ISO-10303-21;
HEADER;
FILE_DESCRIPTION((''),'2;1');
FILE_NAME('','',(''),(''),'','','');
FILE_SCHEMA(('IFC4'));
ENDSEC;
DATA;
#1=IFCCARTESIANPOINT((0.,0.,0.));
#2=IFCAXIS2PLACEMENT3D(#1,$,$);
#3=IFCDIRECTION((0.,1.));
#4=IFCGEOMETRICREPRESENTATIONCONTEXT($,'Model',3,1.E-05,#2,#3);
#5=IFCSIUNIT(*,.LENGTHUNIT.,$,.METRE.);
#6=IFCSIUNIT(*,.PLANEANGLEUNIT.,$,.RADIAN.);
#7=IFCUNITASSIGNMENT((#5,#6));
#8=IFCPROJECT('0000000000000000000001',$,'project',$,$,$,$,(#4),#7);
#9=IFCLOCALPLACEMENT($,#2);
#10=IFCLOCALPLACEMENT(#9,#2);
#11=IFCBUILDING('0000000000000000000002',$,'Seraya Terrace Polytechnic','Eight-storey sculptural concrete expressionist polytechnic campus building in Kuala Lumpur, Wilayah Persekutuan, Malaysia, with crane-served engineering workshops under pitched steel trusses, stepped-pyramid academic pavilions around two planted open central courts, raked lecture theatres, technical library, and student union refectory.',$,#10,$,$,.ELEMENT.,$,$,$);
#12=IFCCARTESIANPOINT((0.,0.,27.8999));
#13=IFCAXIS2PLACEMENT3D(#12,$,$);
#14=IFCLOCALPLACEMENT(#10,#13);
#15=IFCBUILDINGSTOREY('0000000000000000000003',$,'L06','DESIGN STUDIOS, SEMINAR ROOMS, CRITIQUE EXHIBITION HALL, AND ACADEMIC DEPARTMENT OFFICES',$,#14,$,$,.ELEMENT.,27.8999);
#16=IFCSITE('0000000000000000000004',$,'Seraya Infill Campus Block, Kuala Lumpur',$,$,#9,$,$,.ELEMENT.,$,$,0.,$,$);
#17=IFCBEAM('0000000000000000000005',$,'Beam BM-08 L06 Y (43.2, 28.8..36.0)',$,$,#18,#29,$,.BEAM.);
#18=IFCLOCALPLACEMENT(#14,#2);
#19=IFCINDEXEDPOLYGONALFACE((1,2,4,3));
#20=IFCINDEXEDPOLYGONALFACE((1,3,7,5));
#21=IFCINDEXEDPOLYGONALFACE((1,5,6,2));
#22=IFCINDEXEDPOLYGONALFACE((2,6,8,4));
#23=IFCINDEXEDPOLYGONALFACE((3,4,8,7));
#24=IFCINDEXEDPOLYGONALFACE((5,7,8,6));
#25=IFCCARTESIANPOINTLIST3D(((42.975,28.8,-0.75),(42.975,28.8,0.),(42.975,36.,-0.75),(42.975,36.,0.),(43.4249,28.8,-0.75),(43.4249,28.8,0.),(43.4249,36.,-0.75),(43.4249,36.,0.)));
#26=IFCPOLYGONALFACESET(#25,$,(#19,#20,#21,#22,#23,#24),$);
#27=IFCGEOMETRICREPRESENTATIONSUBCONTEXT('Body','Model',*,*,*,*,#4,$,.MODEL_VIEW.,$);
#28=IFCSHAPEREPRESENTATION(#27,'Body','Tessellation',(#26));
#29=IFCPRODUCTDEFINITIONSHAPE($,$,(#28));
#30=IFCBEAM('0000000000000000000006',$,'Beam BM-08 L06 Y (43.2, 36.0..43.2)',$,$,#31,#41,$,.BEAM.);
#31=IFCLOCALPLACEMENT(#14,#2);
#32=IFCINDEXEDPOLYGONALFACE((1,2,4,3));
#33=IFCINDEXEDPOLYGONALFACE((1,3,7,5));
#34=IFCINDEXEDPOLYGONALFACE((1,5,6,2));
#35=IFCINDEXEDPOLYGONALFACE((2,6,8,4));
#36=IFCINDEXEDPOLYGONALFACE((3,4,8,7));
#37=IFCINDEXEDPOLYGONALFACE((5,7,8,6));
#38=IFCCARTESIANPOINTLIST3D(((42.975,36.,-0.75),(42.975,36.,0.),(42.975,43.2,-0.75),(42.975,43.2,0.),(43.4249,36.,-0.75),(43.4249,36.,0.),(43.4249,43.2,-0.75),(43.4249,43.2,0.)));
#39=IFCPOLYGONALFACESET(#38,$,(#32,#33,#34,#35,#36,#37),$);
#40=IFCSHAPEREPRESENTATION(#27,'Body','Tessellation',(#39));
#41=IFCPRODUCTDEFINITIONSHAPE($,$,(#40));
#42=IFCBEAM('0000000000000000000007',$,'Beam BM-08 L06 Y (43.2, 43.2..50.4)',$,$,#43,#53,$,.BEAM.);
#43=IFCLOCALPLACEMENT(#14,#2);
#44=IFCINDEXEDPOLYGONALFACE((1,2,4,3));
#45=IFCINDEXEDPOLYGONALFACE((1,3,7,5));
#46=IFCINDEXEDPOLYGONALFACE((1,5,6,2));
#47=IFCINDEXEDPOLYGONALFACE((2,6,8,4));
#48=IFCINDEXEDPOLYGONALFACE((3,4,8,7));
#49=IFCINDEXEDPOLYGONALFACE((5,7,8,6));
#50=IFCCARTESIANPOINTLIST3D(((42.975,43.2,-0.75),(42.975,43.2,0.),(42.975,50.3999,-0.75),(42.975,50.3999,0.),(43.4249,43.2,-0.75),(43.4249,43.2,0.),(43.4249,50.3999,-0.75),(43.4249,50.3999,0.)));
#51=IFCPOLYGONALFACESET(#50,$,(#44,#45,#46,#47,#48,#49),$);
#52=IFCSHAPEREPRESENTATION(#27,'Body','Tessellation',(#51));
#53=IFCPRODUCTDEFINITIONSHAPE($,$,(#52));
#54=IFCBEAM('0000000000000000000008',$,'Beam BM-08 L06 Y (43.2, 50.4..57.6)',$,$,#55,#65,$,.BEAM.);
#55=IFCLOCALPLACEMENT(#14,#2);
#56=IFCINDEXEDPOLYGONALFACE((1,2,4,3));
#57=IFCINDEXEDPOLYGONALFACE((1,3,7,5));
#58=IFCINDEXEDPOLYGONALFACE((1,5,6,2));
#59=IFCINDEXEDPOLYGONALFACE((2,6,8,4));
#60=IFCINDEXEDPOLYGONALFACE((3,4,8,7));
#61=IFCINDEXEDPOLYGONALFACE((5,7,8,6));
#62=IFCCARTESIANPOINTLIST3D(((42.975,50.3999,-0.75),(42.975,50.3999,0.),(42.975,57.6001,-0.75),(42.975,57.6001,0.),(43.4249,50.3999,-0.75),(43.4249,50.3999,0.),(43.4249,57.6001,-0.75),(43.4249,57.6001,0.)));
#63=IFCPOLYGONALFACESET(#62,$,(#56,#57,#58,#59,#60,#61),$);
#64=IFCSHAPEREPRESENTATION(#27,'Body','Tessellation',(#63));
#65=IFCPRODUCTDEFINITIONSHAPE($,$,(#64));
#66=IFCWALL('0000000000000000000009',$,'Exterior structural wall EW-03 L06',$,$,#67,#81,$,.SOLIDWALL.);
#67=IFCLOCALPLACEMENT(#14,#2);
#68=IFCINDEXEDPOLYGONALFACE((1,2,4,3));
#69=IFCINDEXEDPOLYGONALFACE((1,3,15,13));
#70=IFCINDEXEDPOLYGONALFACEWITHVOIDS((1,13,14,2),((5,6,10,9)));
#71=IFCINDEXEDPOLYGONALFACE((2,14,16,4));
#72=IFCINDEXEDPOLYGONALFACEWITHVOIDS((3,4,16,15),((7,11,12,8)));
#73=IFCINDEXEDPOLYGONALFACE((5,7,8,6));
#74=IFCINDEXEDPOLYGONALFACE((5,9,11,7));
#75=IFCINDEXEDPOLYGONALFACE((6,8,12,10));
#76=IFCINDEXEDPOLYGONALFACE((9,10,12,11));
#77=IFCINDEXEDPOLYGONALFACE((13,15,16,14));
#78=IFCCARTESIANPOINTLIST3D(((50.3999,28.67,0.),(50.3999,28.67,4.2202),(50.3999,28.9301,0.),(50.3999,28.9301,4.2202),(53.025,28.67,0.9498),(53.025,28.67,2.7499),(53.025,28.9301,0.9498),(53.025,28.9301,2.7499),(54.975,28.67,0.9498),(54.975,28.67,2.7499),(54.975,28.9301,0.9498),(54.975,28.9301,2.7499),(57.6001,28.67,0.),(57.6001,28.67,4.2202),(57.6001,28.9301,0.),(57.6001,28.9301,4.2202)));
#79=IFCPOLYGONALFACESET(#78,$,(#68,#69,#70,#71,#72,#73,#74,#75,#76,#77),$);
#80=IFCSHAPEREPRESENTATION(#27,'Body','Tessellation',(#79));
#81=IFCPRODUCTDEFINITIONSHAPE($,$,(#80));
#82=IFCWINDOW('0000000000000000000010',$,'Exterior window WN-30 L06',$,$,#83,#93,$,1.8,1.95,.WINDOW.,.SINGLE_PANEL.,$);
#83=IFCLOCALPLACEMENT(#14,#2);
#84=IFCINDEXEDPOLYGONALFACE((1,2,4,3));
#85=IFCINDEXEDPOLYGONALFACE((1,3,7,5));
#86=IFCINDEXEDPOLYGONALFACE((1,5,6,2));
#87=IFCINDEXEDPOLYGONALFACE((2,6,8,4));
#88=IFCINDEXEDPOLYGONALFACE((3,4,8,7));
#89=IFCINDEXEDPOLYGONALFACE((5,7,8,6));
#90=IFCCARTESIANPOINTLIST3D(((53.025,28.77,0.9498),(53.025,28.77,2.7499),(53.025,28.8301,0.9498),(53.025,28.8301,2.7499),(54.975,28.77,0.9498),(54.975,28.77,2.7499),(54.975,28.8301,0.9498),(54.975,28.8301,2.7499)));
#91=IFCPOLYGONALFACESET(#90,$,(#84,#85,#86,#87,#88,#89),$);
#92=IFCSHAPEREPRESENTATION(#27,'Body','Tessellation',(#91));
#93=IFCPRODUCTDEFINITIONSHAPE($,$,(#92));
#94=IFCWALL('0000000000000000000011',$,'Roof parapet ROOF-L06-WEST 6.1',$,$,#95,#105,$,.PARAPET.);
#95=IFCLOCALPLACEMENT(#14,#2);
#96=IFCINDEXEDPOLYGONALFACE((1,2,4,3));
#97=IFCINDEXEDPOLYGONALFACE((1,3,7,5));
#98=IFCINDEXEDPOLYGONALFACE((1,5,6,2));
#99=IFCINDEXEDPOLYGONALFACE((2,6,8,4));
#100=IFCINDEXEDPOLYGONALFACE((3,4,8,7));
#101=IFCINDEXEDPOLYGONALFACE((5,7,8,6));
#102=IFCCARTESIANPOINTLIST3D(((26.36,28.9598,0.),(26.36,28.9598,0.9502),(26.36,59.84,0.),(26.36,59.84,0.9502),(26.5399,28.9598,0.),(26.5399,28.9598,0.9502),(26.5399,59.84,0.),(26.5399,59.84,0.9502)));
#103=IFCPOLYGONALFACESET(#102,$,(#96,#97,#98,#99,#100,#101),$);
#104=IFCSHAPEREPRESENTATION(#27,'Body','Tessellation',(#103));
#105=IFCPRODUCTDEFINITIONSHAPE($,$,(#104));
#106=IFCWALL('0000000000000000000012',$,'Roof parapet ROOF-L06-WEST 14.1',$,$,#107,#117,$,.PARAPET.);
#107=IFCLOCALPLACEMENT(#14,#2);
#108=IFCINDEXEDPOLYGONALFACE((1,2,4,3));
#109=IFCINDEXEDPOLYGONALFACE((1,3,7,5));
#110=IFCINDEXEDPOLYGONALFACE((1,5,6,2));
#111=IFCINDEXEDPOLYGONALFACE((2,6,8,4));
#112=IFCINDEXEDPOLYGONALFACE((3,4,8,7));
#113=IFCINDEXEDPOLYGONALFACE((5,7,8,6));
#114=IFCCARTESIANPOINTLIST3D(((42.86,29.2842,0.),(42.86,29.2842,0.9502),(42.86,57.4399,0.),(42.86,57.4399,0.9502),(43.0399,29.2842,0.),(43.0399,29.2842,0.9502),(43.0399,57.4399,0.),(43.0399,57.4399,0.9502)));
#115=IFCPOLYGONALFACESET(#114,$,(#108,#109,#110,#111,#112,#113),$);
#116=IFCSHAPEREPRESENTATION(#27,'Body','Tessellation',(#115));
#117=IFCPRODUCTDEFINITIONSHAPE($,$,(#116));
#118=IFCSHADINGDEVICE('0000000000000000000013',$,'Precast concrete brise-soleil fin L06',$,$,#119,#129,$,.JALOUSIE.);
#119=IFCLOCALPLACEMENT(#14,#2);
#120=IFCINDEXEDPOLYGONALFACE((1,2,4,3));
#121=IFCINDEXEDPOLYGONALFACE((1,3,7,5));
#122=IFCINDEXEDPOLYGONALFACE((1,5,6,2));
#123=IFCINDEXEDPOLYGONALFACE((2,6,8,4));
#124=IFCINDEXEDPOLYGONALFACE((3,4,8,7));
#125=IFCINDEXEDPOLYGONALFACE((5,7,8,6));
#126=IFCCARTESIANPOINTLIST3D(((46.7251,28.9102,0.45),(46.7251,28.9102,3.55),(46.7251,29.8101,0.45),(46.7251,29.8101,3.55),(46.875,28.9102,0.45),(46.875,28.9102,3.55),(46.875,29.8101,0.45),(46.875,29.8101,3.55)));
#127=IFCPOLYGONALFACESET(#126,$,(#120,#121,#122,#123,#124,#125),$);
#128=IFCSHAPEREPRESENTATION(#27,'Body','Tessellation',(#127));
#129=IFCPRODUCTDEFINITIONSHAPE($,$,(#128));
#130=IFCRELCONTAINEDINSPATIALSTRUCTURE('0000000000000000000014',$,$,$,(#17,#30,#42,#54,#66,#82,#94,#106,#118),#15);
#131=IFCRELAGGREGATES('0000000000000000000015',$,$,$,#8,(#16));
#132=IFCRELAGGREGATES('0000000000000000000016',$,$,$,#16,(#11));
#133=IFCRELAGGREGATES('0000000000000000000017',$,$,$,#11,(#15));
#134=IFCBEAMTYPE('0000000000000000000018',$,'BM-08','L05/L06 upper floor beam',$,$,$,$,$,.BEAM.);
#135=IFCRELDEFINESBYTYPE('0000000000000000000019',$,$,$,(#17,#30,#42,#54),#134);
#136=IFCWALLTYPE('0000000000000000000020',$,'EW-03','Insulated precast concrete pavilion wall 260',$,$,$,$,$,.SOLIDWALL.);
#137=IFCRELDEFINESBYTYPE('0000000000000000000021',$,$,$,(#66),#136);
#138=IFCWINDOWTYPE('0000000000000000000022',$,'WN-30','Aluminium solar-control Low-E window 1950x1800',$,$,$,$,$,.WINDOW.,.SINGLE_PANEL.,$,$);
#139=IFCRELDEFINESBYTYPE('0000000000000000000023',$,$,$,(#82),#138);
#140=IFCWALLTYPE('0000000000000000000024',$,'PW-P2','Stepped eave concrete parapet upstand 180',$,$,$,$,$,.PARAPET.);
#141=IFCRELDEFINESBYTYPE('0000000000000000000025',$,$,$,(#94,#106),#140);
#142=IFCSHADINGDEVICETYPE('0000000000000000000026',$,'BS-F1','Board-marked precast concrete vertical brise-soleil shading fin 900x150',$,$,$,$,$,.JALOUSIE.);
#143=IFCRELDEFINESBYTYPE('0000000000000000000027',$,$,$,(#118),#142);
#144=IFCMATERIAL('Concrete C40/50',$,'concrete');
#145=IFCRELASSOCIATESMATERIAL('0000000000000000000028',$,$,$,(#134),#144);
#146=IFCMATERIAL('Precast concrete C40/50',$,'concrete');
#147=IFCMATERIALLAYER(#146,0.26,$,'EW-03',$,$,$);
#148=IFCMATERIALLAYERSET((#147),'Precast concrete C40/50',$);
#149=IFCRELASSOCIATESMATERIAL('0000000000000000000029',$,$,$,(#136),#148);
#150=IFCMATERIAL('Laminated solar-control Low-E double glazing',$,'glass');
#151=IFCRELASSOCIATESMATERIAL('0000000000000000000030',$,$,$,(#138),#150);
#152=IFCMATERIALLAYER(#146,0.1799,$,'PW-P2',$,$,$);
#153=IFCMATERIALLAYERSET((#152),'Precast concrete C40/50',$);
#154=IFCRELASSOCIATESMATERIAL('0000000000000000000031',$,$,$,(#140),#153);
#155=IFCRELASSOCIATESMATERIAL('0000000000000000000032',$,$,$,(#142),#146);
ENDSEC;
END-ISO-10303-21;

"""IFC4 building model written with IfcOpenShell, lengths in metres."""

from ifc_helpers import new_model, si_unit, direction, frame, frame_2d, origin, origin_2d, place, context, subcontext, project, spatial, rectangle, extrude, material, layer, layer_set, material_profile, profile_set, type_object, element, fill, save


model = new_model("IFC4")

# Units and contexts
model_context = context("Model", 3, precision=1e-05, world=origin(), true_north=direction((0.0, 1.0)))
body_context = subcontext(model_context, "Body", "Model", "MODEL_VIEW")
ifc_project = project(units=[si_unit("LENGTHUNIT", "METRE"), si_unit("PLANEANGLEUNIT", "RADIAN")], contexts=[model_context])

# Site, building, storey
site_placement = place(None, origin())
site = spatial("IfcSite", under=ifc_project, at=site_placement, Name="Seraya Infill Campus Block, Kuala Lumpur", CompositionType="ELEMENT", RefElevation=0.0)
building_placement = place(site_placement, origin())
building = spatial("IfcBuilding", under=site, at=building_placement, Name="Seraya Terrace Polytechnic", Description="Eight-storey sculptural concrete expressionist polytechnic campus building in Kuala Lumpur, Wilayah Persekutuan, Malaysia, with crane-served engineering workshops under pitched steel trusses, stepped-pyramid academic pavilions around two planted open central courts, raked lecture theatres, technical library, and student union refectory.", CompositionType="ELEMENT")
storey_placement = place(building_placement, frame((0.0, 0.0, 27.8999)))
storey = spatial("IfcBuildingStorey", under=building, at=storey_placement, Name="L06", Description="DESIGN STUDIOS, SEMINAR ROOMS, CRITIQUE EXHIBITION HALL, AND ACADEMIC DEPARTMENT OFFICES", CompositionType="ELEMENT", Elevation=27.8999)

# Shared definitions
ifc_material_1 = material(Name="Concrete C40/50", Category="concrete")

# Beams
ifc_material_profile_1 = material_profile(ifc_material_1, rectangle(XDim=0.45, YDim=0.75, at=origin_2d()), Name="RC 450x750")
ifc_profile_set_1 = profile_set([ifc_material_profile_1], Name="Concrete C40/50")
beam_type = type_object("IfcBeamType", Name="BM-08", Description="L05/L06 upper floor beam", PredefinedType="BEAM", material=ifc_profile_set_1)
for number, where, z_axis, x_axis, name in (
    (1, (43.2, 28.8, -0.375), (0.0, 1.0, 0.0), (-1.0, 0.0, 0.0), "Beam BM-08 L06 Y (43.2, 28.8..36.0)"),
    (2, (43.2, 36.0, -0.375), (0.0, 1.0, 0.0), (-1.0, 0.0, 0.0), "Beam BM-08 L06 Y (43.2, 36.0..43.2)"),
    (3, (43.2, 43.2, -0.375), (0.0, 1.0, 0.0), (-1.0, 0.0, 0.0), "Beam BM-08 L06 Y (43.2, 43.2..50.4)"),
):
    element("IfcBeam", number, at=place(storey_placement, frame(where, z_axis=z_axis, x_axis=x_axis)), inside=storey, type_object=beam_type, Name=name, PredefinedType="BEAM", context=body_context, shape_type="SweptSolid", body=[
        extrude(rectangle(XDim=0.45, YDim=0.75, at=origin_2d()), origin(), (0.0, 0.0, 1.0), 7.2),
    ])
beam_1_placement = place(storey_placement, frame((43.2, 50.3999, -0.375), z_axis=(0.0, 1.0, 0.0), x_axis=(-1.0, 0.0, 0.0)))
element("IfcBeam", 4, at=beam_1_placement, inside=storey, type_object=beam_type, Name="Beam BM-08 L06 Y (43.2, 50.4..57.6)", PredefinedType="BEAM", context=body_context, shape_type="SweptSolid", body=[
    extrude(rectangle(XDim=0.45, YDim=0.75, at=origin_2d()), origin(), (0.0, 0.0, 1.0), 7.2002),
])

# Wall, opening, window
ifc_material_2 = material(Name="Precast concrete C40/50", Category="concrete")
ifc_layer_1 = layer(ifc_material_2, 0.26, Name="EW-03")
ifc_layer_set_1 = layer_set([ifc_layer_1], Name="Precast concrete C40/50")
wall_type_1 = type_object("IfcWallType", Name="EW-03", Description="Insulated precast concrete pavilion wall 260", PredefinedType="SOLIDWALL", material=ifc_layer_set_1)
wall_1_placement = place(storey_placement, frame((50.3999, 28.8, 0.0), z_axis=(0.0, 0.0, 1.0), x_axis=(1.0, 0.0, 0.0)))
wall_1 = element("IfcWall", 5, at=wall_1_placement, inside=storey, type_object=wall_type_1, Name="Exterior structural wall EW-03 L06", PredefinedType="SOLIDWALL", context=body_context, shape_type="SweptSolid", body=[
    extrude(rectangle(XDim=7.2002, YDim=0.26, at=frame_2d((3.6001, 0.0))), origin(), (0.0, 0.0, 1.0), 4.2202),
])
opening_placement = place(wall_1_placement, frame((2.625, 0.0, 0.95)))
opening = element("IfcOpeningElement", 6, at=opening_placement, cuts=wall_1, PredefinedType="OPENING", context=body_context, shape_type="SweptSolid", body=[
    extrude(rectangle(XDim=1.95, YDim=1.8, at=frame_2d((0.9751, 0.8999))), frame((0.0, 0.1421, 0.0), z_axis=(0.0, -1.0, 0.0), x_axis=(1.0, 0.0, 0.0)), (0.0, 0.0, 1.0), 0.2839),
])
ifc_material_3 = material(Name="Laminated solar-control Low-E double glazing", Category="glass")
window_type = type_object("IfcWindowType", Name="WN-30", Description="Aluminium solar-control Low-E window 1950x1800", PartitioningType="SINGLE_PANEL", PredefinedType="WINDOW", material=ifc_material_3)
window_placement = place(opening_placement, origin())
window = element("IfcWindow", 7, at=window_placement, inside=storey, type_object=window_type, Name="Exterior window WN-30 L06", OverallHeight=1.8, OverallWidth=1.95, PartitioningType="SINGLE_PANEL", PredefinedType="WINDOW", context=body_context, shape_type="SweptSolid", body=[
    extrude(rectangle(XDim=1.95, YDim=1.8, at=frame_2d((0.9751, 0.8999))), frame((0.0, 0.03, 0.0), z_axis=(0.0, -1.0, 0.0), x_axis=(1.0, 0.0, 0.0)), (0.0, 0.0, 1.0), 0.0601),
])
fill(opening, window)

# Walls
ifc_layer_2 = layer(ifc_material_2, 0.1799, Name="PW-P2")
ifc_layer_set_2 = layer_set([ifc_layer_2], Name="Precast concrete C40/50")
wall_type_2 = type_object("IfcWallType", Name="PW-P2", Description="Stepped eave concrete parapet upstand 180", PredefinedType="PARAPET", material=ifc_layer_set_2)
wall_2_placement = place(storey_placement, frame((26.45, 28.96, 0.0), z_axis=(0.0, 0.0, 1.0), x_axis=(0.0, 1.0, 0.0)))
element("IfcWall", 8, at=wall_2_placement, inside=storey, type_object=wall_type_2, Name="Roof parapet ROOF-L06-WEST 6.1", PredefinedType="PARAPET", context=body_context, shape_type="SweptSolid", body=[
    extrude(rectangle(XDim=30.8801, YDim=0.1799, at=frame_2d((15.4399, 0.0))), origin(), (0.0, 0.0, 1.0), 0.9502),
])
wall_3_placement = place(storey_placement, frame((42.95, 57.4399, 0.0), z_axis=(0.0, 0.0, 1.0), x_axis=(0.0, -1.0, 0.0)))
element("IfcWall", 9, at=wall_3_placement, inside=storey, type_object=wall_type_2, Name="Roof parapet ROOF-L06-WEST 14.1", PredefinedType="PARAPET", context=body_context, shape_type="SweptSolid", body=[
    extrude(rectangle(XDim=28.1558, YDim=0.1799, at=frame_2d((14.0779, 0.0))), origin(), (0.0, 0.0, 1.0), 0.9502),
])

# Shading device
shading_device_type = type_object("IfcShadingDeviceType", Name="BS-F1", Description="Board-marked precast concrete vertical brise-soleil shading fin 900x150", PredefinedType="JALOUSIE", material=ifc_material_2)
shading_device_placement = place(storey_placement, frame((46.8, 29.3601, 0.45), z_axis=(0.0, 0.0, 1.0), x_axis=(0.0, 1.0, 0.0)))
element("IfcShadingDevice", 10, at=shading_device_placement, inside=storey, type_object=shading_device_type, Name="Precast concrete brise-soleil fin L06", PredefinedType="JALOUSIE", context=body_context, shape_type="SweptSolid", body=[
    extrude(rectangle(XDim=0.8999, YDim=0.1499, at=origin_2d()), origin(), (0.0, 0.0, 1.0), 3.1001),
])

save(model, "model.ifc")
